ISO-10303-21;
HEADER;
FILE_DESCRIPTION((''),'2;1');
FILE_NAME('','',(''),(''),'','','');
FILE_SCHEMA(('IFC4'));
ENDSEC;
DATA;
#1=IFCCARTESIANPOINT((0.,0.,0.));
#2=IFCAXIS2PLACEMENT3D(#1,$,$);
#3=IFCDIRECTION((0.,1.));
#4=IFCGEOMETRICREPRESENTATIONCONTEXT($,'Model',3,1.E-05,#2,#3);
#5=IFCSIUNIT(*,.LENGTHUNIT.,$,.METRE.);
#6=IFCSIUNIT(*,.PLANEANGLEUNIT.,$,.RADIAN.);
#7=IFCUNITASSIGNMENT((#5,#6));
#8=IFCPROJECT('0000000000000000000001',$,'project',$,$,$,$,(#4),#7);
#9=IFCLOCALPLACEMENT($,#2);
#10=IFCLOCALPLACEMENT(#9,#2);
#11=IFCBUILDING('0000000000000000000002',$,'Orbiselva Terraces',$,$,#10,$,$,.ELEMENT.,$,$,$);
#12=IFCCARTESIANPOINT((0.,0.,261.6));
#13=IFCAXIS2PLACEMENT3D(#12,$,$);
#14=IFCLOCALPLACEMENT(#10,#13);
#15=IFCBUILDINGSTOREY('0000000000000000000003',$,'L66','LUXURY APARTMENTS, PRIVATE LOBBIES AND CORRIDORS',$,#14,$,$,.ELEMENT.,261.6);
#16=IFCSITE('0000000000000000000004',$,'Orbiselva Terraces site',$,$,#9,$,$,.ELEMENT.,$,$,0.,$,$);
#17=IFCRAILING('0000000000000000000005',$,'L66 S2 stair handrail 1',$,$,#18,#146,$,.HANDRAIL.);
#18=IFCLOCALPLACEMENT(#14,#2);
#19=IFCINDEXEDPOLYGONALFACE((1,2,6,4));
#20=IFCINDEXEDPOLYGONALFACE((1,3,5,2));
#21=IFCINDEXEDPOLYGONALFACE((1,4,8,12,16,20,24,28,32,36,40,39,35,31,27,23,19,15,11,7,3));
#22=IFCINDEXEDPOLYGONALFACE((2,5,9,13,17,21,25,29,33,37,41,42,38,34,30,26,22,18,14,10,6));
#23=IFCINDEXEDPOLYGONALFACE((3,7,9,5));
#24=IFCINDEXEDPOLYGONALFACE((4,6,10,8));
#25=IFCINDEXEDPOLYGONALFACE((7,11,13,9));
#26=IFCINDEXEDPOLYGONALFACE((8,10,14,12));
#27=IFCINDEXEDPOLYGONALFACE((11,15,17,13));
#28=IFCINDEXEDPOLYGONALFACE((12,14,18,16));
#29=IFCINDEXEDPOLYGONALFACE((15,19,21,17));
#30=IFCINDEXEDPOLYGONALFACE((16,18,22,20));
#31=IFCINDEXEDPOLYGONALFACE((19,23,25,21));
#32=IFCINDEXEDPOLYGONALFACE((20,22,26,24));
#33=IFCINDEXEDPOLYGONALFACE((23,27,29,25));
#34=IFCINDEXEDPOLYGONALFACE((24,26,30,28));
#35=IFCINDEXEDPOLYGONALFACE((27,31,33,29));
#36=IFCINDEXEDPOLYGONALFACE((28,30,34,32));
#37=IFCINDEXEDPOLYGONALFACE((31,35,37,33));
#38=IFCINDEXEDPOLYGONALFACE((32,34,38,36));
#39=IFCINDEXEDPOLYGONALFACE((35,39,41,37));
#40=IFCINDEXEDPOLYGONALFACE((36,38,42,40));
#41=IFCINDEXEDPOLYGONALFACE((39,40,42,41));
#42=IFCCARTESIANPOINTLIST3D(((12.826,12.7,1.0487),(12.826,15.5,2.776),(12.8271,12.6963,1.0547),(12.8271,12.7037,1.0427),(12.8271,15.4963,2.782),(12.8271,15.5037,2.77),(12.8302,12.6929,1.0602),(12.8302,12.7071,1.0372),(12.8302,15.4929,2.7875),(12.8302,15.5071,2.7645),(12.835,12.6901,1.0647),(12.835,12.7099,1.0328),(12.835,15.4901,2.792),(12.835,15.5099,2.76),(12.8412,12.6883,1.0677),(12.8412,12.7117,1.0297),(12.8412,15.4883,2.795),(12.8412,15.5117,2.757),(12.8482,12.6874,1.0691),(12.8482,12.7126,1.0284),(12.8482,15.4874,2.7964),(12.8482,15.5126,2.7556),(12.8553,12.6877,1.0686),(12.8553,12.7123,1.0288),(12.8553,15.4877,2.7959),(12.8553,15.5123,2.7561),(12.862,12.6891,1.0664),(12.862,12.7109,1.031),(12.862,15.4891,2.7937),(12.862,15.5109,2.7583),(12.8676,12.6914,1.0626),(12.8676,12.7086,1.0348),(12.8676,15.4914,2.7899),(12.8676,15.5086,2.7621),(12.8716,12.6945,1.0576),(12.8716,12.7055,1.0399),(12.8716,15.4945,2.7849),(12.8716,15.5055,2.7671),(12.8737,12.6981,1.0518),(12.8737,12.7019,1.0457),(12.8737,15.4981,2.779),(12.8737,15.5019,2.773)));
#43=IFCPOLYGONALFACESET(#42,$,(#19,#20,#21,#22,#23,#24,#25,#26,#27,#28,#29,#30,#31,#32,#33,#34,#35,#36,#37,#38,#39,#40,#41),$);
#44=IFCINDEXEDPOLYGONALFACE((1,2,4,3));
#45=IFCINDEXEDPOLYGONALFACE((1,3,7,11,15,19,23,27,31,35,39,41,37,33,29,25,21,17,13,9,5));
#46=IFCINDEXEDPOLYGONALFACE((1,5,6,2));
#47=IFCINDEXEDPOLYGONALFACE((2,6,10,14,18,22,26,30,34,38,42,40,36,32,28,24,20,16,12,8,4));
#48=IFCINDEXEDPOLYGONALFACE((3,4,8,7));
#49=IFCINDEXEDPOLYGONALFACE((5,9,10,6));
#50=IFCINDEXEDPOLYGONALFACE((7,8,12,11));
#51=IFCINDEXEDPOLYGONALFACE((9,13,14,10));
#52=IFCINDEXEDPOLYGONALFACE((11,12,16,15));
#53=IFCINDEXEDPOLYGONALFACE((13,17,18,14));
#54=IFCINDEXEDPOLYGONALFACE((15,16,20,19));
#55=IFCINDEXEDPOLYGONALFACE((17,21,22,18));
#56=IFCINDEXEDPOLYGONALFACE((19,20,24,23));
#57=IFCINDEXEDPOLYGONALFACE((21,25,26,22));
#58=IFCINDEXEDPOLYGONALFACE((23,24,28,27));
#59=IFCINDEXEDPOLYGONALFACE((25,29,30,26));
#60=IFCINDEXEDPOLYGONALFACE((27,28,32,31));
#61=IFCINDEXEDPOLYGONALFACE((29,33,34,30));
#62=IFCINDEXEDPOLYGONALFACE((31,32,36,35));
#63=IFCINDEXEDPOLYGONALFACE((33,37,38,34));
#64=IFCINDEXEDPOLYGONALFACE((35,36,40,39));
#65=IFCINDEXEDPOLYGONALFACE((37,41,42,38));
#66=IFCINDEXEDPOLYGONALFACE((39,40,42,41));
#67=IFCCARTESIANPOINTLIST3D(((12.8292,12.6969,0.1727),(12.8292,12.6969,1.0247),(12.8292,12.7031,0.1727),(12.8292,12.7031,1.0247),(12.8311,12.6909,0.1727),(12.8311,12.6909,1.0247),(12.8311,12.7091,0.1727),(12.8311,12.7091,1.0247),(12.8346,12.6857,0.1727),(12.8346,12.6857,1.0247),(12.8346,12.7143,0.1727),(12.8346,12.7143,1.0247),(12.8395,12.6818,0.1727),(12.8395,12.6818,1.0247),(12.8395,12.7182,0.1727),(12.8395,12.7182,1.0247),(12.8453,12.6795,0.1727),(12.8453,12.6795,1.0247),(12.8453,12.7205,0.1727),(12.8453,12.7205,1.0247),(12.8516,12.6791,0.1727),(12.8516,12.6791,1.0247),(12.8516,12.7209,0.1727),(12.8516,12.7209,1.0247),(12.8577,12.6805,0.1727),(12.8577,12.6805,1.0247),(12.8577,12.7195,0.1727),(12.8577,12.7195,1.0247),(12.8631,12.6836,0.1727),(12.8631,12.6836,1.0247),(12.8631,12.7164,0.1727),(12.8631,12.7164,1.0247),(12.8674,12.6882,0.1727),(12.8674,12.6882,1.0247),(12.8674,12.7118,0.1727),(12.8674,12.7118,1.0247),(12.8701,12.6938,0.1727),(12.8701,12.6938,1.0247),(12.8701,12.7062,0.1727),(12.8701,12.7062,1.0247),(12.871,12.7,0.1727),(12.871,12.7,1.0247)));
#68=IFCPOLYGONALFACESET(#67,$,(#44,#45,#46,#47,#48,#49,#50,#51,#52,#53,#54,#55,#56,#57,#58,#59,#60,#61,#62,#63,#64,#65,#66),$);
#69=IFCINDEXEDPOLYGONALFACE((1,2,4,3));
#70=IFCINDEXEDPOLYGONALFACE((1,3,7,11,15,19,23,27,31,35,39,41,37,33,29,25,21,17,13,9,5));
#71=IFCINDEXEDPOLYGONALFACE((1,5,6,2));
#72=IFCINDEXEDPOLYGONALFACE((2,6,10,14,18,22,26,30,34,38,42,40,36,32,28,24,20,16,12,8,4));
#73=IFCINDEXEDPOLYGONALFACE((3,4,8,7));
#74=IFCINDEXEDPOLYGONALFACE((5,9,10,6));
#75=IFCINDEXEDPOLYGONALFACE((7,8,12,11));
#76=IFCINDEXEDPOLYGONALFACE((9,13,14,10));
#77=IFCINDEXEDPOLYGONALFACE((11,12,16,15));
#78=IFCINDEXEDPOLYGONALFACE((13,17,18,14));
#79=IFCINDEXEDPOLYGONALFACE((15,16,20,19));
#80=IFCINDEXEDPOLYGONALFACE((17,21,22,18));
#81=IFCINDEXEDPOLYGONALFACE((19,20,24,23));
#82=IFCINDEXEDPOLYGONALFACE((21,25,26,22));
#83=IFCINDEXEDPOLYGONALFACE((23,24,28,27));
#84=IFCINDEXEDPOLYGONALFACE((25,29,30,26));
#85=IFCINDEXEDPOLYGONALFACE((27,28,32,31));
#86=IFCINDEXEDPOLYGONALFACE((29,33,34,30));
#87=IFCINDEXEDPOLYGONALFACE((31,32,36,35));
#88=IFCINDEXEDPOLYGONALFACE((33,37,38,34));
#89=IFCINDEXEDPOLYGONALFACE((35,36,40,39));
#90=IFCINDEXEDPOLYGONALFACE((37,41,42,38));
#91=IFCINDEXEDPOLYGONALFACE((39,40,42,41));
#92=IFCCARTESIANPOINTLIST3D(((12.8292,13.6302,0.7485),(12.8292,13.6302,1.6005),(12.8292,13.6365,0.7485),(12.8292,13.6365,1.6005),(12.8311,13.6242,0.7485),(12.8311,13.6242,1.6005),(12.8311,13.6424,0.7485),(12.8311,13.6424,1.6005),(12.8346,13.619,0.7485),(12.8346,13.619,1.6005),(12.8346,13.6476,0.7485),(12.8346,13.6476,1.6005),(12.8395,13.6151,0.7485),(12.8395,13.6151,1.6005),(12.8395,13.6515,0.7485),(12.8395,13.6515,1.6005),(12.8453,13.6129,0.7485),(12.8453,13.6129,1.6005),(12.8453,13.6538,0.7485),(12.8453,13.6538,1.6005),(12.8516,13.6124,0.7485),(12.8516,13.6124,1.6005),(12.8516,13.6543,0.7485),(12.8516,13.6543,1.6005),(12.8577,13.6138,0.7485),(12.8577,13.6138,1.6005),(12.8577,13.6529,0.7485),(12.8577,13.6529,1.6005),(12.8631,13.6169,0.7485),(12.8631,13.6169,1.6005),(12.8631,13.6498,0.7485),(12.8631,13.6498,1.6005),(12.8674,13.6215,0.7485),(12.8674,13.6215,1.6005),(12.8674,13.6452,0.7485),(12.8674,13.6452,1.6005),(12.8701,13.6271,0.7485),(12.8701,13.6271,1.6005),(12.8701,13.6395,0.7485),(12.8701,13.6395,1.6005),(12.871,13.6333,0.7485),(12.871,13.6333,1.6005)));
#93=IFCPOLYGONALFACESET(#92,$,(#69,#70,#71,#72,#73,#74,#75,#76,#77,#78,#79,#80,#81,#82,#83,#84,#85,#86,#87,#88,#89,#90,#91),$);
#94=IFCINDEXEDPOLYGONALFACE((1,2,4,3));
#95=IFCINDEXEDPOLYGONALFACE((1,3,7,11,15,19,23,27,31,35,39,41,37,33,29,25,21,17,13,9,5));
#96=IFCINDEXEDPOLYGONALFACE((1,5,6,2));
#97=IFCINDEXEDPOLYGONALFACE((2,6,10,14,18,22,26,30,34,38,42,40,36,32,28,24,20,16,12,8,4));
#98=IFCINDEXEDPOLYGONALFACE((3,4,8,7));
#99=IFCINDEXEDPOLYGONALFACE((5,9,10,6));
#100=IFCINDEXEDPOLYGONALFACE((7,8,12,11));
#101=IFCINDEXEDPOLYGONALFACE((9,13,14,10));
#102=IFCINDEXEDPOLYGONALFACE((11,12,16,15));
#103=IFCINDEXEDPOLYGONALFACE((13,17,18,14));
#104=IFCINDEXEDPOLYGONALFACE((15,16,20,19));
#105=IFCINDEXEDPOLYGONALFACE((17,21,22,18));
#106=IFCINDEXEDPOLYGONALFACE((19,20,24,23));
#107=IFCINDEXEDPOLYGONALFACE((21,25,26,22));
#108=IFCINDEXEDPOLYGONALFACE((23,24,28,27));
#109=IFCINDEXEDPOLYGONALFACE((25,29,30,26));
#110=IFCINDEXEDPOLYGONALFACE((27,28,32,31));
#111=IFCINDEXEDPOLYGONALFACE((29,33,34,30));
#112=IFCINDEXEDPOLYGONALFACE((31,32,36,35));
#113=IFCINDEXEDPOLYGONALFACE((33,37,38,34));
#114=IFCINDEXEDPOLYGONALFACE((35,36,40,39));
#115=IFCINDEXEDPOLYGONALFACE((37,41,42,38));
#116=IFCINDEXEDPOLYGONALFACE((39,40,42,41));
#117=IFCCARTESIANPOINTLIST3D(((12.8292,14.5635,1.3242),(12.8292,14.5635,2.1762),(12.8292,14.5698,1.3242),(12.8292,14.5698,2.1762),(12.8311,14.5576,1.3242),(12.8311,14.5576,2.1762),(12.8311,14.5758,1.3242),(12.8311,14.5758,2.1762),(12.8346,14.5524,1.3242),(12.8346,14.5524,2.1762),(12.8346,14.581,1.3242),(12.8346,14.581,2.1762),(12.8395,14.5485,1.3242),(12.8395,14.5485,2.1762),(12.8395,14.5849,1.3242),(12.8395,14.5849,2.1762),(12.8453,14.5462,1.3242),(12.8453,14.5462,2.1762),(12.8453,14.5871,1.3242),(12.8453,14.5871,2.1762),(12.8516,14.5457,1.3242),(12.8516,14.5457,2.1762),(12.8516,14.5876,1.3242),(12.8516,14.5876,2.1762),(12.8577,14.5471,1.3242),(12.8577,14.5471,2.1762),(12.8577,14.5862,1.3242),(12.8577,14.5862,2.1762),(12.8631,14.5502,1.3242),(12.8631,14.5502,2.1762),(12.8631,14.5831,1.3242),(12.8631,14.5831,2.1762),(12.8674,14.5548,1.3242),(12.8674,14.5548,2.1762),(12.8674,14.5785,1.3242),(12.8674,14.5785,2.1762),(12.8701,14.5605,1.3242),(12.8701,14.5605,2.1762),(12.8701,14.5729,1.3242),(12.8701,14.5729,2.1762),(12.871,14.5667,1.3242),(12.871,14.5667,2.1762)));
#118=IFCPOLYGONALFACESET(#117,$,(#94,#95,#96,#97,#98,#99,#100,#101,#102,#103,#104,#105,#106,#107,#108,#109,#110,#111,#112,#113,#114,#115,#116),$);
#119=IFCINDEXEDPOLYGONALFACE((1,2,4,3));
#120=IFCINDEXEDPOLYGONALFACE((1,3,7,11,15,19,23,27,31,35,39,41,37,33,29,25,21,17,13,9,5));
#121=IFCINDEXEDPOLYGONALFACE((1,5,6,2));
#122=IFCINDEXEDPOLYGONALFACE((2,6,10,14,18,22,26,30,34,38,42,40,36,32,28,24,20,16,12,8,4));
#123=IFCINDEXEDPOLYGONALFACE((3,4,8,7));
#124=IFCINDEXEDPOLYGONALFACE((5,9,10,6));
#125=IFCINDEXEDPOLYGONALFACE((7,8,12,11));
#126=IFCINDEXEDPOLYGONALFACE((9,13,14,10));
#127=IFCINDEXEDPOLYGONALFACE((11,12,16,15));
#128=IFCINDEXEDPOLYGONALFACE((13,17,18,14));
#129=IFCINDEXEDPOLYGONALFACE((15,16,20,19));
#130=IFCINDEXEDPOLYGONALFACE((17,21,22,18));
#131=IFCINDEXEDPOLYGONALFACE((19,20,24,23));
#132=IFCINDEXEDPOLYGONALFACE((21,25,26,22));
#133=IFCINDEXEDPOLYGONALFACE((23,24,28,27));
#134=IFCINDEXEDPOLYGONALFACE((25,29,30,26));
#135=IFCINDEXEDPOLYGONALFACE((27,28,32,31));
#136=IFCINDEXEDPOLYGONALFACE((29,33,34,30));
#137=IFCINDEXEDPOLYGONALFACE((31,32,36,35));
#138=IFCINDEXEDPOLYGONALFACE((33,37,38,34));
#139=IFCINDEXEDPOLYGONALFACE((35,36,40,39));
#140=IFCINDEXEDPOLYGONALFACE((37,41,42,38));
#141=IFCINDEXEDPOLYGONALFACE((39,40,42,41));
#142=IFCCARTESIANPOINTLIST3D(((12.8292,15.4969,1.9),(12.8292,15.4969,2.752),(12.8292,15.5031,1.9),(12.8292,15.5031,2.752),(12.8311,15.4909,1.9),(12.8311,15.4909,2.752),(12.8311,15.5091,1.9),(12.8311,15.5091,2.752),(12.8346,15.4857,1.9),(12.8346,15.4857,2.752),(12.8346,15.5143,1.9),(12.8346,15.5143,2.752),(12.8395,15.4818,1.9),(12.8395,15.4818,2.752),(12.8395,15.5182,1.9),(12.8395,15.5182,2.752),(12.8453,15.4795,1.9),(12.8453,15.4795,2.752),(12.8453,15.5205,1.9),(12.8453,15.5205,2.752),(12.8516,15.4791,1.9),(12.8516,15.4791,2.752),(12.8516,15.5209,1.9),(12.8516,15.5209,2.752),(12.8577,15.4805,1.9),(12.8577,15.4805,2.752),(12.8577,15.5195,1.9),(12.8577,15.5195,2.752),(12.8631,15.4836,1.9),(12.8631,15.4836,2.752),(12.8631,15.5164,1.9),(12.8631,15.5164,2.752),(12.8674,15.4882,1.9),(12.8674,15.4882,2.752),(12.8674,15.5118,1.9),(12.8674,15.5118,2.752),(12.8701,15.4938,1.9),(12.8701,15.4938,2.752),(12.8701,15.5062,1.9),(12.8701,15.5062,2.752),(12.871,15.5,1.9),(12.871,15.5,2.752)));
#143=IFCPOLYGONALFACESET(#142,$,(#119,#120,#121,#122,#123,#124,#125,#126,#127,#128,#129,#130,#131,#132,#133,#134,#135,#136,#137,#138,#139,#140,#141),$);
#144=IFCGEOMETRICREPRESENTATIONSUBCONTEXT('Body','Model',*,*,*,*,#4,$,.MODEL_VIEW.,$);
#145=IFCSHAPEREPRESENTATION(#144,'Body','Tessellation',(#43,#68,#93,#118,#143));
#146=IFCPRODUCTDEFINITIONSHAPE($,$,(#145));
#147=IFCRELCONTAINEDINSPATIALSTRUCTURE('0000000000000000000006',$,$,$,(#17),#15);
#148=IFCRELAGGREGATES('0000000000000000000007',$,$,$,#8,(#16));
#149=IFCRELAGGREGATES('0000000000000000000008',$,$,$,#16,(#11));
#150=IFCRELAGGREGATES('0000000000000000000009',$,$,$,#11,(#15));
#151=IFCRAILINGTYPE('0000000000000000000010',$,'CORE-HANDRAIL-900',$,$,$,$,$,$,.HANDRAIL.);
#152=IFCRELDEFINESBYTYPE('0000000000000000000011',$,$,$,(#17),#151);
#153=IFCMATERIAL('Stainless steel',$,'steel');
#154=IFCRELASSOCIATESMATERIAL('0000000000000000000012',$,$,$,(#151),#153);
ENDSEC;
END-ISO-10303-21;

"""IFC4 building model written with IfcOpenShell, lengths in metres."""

from ifc_helpers import new_model, si_unit, direction, frame, origin, origin_2d, place, context, subcontext, project, spatial, circle, extrude, material, type_object, element, save


model = new_model("IFC4")

# Units and contexts
model_context = context("Model", 3, precision=1e-05, world=origin(), true_north=direction((0.0, 1.0)))
body_context = subcontext(model_context, "Body", "Model", "MODEL_VIEW")
ifc_project = project(units=[si_unit("LENGTHUNIT", "METRE"), si_unit("PLANEANGLEUNIT", "RADIAN")], contexts=[model_context])

# Site, building, storey
site_placement = place(None, origin())
site = spatial("IfcSite", under=ifc_project, at=site_placement, Name="Orbiselva Terraces site", CompositionType="ELEMENT", RefElevation=0.0)
building_placement = place(site_placement, origin())
building = spatial("IfcBuilding", under=site, at=building_placement, Name="Orbiselva Terraces", CompositionType="ELEMENT")
storey_placement = place(building_placement, frame((0.0, 0.0, 261.6)))
storey = spatial("IfcBuildingStorey", under=building, at=storey_placement, Name="L66", Description="LUXURY APARTMENTS, PRIVATE LOBBIES AND CORRIDORS", CompositionType="ELEMENT", Elevation=261.6)

# Railing
ifc_material_1 = material(Name="Stainless steel", Category="steel")
railing_type = type_object("IfcRailingType", Name="CORE-HANDRAIL-900", PredefinedType="HANDRAIL", material=ifc_material_1)
railing_1_placement = place(storey_placement, frame((12.85, 12.7, 0.1727)))
element("IfcRailing", 1, at=railing_1_placement, inside=storey, type_object=railing_type, Name="L66 S2 stair handrail 1", PredefinedType="HANDRAIL", context=body_context, shape_type="SweptSolid", body=[
    extrude(circle(Radius=0.024, at=origin_2d()), frame((0.0, 0.0, 0.876), z_axis=(0.0, 0.851089, 0.525022), x_axis=(-1.0, 0.0, 0.0)), (0.0, 0.0, 1.0), 3.2899),
    extrude(circle(Radius=0.021, at=origin_2d()), origin(), (0.0, 0.0, 1.0), 0.852),
    extrude(circle(Radius=0.021, at=origin_2d()), frame((0.0, 0.9333, 0.5758)), (0.0, 0.0, 1.0), 0.852),
    extrude(circle(Radius=0.021, at=origin_2d()), frame((0.0, 1.8667, 1.1515)), (0.0, 0.0, 1.0), 0.852),
    extrude(circle(Radius=0.021, at=origin_2d()), frame((0.0, 2.8, 1.7273)), (0.0, 0.0, 1.0), 0.852),
])

save(model, "model.ifc")
